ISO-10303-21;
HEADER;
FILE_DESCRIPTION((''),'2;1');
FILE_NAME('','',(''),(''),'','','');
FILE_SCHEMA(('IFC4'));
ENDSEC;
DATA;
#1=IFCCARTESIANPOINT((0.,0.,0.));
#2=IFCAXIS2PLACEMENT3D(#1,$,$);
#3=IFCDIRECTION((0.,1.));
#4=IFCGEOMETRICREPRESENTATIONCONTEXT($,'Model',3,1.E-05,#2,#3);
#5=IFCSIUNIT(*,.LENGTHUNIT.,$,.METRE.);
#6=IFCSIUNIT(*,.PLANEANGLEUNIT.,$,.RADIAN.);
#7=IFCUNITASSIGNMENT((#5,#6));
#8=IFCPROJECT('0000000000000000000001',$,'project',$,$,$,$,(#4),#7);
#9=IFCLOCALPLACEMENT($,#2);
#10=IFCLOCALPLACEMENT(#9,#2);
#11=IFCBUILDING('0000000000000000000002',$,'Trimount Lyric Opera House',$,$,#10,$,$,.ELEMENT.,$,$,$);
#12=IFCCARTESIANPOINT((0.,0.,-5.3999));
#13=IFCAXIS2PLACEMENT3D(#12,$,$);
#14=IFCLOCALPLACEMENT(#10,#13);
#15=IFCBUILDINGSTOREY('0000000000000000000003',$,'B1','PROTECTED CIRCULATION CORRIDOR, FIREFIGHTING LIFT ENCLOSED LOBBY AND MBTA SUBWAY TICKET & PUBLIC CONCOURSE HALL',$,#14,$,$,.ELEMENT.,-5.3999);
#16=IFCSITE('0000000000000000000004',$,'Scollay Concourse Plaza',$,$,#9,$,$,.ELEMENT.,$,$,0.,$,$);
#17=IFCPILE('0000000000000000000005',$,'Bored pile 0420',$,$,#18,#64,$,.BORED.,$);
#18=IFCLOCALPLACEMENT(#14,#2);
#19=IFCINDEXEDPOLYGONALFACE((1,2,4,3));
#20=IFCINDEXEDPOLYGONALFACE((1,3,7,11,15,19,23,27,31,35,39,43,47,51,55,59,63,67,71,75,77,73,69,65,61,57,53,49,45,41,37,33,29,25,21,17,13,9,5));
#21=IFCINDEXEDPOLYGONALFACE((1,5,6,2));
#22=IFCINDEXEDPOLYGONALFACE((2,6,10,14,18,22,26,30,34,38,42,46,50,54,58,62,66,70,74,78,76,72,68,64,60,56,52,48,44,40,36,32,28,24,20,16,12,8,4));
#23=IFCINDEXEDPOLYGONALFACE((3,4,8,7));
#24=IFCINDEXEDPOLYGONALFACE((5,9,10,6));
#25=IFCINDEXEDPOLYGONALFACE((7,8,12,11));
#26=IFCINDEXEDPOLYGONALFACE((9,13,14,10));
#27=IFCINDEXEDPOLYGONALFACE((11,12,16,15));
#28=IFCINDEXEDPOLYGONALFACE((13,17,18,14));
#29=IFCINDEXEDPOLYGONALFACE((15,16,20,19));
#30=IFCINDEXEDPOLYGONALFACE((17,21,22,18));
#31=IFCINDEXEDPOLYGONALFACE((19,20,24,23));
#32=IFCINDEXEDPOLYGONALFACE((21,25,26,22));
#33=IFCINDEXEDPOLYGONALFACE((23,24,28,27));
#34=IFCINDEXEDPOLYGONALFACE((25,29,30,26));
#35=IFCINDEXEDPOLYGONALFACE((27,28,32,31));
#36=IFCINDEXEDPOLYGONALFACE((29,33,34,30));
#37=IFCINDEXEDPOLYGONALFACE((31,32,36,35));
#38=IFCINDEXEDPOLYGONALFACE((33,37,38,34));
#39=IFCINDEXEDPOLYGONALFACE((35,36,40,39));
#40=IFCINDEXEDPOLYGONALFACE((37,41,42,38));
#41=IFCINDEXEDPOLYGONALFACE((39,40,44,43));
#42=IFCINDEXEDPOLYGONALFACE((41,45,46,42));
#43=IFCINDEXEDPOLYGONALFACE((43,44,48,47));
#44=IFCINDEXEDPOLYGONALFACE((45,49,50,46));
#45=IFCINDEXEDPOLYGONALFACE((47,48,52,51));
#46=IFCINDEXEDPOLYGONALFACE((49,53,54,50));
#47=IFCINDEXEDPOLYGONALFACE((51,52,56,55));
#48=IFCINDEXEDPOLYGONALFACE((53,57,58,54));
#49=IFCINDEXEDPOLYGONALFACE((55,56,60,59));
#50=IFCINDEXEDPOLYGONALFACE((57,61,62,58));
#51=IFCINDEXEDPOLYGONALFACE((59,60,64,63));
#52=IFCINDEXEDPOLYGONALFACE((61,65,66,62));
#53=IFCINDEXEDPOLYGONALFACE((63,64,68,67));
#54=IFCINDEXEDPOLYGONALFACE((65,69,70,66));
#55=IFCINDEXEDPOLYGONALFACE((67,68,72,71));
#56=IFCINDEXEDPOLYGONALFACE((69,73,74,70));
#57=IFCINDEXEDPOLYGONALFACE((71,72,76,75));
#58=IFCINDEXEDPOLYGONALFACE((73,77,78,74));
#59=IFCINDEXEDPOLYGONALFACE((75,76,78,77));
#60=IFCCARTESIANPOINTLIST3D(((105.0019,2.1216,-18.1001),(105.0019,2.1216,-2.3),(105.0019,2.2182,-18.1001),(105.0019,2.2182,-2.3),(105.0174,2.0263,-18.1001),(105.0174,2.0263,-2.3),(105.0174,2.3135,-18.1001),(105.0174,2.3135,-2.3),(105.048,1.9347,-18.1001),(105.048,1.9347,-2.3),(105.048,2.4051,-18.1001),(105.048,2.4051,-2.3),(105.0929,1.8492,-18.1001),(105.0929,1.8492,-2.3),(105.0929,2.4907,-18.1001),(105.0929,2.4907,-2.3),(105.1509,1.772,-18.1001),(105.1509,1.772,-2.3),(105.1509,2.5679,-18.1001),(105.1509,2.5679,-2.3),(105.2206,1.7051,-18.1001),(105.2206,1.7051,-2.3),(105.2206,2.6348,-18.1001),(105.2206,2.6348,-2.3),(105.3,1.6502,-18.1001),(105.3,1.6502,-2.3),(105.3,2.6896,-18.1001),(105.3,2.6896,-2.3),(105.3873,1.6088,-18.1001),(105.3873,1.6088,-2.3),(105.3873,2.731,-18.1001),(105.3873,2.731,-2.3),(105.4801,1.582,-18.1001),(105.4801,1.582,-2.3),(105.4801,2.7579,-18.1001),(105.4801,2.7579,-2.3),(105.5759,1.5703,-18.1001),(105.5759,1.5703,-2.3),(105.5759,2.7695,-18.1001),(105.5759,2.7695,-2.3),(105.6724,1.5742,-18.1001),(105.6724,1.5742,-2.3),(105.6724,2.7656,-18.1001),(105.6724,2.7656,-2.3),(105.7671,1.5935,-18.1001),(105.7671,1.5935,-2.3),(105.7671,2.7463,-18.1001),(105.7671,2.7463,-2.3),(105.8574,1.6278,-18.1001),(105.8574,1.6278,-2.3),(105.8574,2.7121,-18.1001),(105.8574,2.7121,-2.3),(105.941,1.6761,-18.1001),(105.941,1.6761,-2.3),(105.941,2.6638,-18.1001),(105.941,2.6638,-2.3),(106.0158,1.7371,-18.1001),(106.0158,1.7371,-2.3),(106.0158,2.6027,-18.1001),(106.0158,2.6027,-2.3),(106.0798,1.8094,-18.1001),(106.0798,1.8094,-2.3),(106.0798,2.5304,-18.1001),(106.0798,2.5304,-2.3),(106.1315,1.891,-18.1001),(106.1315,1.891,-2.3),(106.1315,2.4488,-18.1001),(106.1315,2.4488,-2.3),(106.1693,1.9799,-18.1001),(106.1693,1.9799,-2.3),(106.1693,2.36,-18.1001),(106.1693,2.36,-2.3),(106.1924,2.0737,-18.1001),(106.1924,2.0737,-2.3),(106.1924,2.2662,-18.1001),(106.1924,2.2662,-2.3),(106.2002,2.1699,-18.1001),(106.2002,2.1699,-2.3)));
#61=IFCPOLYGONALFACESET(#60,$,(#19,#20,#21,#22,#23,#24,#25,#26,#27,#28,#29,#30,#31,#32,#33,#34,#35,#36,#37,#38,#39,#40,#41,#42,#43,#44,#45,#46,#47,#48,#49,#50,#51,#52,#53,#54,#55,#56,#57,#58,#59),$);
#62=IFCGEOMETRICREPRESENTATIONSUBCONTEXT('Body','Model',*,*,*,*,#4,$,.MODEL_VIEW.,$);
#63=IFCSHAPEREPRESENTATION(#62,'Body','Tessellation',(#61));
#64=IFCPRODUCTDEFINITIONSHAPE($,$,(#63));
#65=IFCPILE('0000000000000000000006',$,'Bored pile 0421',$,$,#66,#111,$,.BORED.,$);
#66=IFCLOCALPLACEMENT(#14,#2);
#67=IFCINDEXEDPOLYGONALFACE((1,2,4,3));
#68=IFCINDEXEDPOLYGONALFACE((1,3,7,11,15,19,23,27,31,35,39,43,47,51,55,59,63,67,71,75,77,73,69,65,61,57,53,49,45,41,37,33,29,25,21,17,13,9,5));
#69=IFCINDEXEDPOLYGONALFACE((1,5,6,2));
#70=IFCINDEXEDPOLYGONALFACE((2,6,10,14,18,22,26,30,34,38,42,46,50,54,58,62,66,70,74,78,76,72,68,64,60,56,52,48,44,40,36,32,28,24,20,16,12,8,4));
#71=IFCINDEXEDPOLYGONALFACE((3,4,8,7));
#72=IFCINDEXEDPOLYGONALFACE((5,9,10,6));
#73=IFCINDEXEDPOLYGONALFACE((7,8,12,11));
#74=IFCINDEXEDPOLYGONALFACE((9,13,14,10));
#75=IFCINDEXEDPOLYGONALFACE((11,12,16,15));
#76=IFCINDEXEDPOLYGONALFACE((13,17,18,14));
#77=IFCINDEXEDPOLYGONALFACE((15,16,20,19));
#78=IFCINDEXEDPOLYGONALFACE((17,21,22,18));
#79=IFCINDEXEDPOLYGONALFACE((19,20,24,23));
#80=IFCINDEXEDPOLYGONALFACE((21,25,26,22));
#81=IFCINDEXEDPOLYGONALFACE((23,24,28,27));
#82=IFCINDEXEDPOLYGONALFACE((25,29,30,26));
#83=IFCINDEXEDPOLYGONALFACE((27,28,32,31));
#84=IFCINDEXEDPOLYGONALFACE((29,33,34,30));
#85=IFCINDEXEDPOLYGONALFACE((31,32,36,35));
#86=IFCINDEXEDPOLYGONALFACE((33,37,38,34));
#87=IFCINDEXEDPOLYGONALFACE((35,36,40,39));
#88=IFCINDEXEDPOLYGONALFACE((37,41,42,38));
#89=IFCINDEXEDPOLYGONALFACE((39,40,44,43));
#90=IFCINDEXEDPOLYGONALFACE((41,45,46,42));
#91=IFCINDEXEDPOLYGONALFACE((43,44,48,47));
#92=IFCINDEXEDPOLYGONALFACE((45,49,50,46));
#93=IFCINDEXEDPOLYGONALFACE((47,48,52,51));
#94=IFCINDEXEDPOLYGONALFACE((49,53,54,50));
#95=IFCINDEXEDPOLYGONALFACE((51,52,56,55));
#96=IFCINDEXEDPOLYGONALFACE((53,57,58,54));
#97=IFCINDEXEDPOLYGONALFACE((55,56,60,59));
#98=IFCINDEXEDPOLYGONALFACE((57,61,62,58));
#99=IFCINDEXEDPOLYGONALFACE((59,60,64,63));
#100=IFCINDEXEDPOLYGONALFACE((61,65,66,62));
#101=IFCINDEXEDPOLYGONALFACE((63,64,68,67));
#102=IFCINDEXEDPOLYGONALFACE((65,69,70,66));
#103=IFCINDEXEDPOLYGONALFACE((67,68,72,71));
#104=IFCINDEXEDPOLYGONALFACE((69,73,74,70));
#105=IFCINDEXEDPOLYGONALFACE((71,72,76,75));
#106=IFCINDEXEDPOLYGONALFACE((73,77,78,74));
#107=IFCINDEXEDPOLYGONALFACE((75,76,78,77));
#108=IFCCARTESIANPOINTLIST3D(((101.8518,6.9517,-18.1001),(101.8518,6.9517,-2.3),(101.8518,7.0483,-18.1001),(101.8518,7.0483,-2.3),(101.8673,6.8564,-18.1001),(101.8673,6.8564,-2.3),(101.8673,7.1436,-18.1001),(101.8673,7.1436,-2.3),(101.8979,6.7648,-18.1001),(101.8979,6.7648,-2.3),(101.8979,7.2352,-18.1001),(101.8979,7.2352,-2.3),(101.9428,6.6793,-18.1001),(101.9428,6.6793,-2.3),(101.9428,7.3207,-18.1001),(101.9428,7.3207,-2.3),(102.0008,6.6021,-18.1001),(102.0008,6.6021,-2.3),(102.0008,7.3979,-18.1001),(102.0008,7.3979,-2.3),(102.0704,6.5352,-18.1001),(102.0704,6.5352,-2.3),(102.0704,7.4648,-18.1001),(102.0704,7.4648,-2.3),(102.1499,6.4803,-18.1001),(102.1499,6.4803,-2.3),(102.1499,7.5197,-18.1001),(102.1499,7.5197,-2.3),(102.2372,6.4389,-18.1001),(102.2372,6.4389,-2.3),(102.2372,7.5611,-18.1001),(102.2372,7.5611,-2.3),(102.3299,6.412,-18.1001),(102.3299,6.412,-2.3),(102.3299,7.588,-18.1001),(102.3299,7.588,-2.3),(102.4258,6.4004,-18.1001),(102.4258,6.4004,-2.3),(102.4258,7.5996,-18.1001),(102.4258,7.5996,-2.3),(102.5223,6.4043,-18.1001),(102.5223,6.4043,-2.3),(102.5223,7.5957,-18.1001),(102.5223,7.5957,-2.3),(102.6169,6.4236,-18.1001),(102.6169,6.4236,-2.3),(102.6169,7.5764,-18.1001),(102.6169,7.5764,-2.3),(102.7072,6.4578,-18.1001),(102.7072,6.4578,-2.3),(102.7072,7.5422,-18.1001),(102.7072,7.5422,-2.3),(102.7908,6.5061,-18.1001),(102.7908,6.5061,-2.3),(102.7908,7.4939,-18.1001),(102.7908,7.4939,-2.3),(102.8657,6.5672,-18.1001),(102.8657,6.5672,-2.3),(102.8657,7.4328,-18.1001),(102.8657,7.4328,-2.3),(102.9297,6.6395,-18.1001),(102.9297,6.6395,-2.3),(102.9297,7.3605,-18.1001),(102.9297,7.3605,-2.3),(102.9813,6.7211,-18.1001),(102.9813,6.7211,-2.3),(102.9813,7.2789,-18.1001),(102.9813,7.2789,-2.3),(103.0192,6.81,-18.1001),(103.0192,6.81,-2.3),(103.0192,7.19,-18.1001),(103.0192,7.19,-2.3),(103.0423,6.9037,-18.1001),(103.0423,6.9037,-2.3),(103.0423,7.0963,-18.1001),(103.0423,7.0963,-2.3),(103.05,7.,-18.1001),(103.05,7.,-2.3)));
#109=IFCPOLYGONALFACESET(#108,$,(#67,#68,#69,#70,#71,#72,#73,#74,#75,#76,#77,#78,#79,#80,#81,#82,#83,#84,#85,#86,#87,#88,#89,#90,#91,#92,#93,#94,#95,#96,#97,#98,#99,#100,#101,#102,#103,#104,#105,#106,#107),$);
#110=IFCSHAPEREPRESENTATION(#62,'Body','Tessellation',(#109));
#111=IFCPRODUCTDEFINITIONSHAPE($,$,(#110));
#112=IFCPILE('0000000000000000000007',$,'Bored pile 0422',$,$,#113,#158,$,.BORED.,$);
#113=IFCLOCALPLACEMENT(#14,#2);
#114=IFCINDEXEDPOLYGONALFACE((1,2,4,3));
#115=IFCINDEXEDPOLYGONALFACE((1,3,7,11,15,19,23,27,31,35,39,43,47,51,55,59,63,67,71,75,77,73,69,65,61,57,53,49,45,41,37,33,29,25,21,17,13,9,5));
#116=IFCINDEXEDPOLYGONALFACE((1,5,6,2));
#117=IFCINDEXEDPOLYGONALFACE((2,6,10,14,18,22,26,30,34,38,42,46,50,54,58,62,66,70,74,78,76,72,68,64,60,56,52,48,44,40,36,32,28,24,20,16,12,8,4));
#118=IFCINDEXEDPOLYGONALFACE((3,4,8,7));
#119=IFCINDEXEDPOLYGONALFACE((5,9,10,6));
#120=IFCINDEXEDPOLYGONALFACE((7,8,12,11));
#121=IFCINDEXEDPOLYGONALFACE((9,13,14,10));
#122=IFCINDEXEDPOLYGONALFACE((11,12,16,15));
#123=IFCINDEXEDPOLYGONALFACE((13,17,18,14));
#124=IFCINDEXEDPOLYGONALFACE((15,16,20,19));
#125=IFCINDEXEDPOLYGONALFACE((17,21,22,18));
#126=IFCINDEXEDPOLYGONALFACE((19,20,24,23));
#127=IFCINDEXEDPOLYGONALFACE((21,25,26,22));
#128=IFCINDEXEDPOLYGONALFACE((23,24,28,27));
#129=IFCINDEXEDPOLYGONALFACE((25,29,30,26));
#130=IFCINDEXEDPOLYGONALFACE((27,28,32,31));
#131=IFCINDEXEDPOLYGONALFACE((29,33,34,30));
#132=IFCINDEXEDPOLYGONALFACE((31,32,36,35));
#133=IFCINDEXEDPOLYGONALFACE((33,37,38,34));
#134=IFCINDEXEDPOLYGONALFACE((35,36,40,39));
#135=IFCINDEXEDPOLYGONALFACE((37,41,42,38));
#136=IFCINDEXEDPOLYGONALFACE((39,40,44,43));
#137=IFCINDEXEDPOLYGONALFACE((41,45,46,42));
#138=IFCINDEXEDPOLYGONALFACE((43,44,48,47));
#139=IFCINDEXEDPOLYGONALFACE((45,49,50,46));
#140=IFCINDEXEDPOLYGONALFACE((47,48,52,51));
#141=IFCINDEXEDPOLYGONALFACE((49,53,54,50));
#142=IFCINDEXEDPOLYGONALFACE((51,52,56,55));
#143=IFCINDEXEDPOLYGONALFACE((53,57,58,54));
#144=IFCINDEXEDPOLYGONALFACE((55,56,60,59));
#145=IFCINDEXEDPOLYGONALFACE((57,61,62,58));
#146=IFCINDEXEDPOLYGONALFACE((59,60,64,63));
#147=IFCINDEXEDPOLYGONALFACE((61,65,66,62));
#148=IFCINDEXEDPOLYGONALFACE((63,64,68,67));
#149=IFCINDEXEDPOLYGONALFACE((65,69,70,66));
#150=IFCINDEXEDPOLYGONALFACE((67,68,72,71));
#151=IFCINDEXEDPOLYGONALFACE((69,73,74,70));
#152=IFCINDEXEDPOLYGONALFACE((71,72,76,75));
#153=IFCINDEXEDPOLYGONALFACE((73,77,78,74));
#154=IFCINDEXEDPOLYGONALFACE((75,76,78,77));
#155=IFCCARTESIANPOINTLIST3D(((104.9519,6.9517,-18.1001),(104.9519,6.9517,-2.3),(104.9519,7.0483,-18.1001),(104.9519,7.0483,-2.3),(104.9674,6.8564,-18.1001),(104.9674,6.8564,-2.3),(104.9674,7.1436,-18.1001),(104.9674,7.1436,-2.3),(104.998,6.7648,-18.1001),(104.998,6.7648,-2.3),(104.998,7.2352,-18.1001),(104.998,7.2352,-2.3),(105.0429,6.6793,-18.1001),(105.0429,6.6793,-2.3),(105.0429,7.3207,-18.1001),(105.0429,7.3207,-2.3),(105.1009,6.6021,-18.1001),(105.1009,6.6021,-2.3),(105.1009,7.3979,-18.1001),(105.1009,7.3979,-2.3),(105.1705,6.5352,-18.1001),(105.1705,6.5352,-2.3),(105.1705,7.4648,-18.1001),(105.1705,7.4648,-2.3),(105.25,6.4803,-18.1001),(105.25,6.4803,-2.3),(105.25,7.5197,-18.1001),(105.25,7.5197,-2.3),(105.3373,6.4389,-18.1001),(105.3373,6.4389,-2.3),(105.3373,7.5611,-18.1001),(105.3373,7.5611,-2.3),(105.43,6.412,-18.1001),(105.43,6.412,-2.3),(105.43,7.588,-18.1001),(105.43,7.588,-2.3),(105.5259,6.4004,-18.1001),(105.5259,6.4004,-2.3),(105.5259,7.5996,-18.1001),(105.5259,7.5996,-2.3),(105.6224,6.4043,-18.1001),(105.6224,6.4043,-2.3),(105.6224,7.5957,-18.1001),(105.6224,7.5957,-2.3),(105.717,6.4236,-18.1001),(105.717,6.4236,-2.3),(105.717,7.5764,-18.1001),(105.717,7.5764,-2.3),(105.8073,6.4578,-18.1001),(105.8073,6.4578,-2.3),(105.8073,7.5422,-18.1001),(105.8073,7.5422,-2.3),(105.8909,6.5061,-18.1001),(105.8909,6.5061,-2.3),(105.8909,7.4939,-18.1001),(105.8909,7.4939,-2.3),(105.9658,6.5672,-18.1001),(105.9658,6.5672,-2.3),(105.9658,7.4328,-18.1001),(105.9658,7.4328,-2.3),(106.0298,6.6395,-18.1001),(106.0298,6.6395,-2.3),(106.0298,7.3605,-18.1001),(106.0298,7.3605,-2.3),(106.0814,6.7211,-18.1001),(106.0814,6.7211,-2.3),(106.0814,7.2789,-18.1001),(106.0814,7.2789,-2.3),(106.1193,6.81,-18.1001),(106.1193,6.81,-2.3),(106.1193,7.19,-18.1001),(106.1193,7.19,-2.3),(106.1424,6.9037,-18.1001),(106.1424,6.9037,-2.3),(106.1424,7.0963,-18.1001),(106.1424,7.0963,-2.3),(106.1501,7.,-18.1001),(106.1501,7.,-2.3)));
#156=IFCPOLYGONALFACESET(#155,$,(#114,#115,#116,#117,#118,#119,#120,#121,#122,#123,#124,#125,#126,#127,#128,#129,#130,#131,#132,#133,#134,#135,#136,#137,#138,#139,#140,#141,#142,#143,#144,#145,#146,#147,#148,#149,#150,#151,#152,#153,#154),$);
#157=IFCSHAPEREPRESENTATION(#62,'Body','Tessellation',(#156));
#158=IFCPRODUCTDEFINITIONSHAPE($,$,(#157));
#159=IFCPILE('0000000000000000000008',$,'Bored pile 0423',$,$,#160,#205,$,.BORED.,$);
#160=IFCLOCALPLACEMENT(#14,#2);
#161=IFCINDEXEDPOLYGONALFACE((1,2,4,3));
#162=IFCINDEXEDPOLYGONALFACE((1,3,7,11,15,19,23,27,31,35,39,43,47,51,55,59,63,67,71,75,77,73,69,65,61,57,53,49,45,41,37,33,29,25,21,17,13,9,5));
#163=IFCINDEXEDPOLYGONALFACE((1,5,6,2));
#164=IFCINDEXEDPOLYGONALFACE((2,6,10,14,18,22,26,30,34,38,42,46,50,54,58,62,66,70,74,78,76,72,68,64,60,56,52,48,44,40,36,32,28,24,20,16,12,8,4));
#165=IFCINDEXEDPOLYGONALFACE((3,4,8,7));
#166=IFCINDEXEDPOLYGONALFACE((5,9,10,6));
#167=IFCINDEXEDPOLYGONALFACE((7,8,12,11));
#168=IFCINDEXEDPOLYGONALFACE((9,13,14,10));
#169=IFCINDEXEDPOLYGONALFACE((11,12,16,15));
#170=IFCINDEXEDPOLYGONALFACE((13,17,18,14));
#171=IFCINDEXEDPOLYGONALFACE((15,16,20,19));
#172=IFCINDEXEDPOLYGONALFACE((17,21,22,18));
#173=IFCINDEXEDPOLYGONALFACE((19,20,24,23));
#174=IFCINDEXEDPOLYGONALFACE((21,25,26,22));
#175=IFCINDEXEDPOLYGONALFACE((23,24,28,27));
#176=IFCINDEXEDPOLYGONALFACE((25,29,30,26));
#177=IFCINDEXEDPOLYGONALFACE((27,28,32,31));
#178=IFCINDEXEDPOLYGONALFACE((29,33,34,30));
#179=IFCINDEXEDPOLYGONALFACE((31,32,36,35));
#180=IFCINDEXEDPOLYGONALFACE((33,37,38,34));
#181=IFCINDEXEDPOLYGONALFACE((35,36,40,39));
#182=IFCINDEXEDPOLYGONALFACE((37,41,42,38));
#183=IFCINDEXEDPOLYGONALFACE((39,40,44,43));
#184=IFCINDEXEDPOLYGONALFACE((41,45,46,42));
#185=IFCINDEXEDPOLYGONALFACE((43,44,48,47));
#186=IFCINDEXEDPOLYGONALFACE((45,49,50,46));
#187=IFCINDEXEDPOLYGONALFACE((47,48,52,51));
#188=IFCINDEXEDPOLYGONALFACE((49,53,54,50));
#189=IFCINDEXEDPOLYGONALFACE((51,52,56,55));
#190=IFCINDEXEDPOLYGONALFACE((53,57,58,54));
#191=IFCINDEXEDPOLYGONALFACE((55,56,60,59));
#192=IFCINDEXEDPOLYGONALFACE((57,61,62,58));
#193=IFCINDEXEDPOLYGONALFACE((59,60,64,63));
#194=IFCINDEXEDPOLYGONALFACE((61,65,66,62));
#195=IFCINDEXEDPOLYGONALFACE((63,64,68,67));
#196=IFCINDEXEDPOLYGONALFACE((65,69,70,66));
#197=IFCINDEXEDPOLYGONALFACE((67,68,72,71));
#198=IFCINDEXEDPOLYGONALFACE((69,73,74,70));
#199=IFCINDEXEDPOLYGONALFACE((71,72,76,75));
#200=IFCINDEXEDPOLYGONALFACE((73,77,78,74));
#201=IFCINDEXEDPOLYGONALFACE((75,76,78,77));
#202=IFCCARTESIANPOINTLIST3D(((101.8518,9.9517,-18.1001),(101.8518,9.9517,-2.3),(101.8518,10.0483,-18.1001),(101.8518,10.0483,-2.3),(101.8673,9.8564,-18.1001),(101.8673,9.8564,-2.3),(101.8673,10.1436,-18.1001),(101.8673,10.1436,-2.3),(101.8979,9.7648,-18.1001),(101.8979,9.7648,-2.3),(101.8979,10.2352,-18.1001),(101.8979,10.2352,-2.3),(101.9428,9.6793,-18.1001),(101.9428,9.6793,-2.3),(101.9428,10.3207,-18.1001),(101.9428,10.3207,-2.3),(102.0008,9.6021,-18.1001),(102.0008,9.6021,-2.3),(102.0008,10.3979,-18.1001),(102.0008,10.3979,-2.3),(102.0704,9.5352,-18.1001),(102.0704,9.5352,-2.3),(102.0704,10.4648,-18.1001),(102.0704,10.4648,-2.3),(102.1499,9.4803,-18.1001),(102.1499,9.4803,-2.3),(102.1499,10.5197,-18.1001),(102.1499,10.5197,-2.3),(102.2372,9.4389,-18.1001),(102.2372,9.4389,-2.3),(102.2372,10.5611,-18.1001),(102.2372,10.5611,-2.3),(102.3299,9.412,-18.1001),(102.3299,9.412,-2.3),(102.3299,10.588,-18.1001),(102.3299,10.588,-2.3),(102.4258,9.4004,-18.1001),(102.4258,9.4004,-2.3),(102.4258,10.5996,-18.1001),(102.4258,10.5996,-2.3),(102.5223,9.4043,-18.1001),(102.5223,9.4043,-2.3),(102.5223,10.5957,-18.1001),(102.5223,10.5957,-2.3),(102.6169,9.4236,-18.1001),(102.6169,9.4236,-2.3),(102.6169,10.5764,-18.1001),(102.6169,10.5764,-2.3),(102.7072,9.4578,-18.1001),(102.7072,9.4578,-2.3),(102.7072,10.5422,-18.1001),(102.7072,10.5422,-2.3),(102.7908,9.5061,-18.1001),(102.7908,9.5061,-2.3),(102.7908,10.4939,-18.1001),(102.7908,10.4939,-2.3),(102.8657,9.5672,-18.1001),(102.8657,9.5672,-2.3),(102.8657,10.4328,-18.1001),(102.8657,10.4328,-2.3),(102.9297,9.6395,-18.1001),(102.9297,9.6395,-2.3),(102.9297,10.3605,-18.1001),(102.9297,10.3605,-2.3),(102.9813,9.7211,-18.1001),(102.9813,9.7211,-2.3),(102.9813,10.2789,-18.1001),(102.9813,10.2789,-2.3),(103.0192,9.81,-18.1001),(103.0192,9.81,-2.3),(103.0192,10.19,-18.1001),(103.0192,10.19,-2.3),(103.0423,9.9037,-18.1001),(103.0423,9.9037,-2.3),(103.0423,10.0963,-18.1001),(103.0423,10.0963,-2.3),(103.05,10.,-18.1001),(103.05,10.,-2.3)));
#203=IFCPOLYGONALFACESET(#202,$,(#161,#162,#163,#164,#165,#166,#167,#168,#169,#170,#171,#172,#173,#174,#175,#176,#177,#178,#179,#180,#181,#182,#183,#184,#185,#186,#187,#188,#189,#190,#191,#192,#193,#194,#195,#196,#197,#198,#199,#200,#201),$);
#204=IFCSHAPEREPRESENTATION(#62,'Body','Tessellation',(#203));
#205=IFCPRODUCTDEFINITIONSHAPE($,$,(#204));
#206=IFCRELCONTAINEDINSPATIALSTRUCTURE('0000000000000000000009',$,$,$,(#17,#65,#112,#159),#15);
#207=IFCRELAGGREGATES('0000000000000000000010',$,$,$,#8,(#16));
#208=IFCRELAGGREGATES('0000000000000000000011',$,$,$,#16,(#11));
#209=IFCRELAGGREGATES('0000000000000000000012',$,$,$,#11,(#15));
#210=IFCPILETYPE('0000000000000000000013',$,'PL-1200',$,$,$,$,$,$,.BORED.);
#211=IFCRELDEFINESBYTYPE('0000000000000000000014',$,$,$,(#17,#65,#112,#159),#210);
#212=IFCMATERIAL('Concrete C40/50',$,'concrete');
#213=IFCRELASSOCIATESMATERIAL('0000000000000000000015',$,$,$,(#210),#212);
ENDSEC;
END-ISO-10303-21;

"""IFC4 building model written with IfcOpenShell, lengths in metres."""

from ifc_helpers import new_model, si_unit, direction, frame, origin, origin_2d, place, context, subcontext, project, spatial, circle, extrude, material, material_profile, profile_set, type_object, element, save


model = new_model("IFC4")

# Units and contexts
model_context = context("Model", 3, precision=1e-05, world=origin(), true_north=direction((0.0, 1.0)))
body_context = subcontext(model_context, "Body", "Model", "MODEL_VIEW")
ifc_project = project(units=[si_unit("LENGTHUNIT", "METRE"), si_unit("PLANEANGLEUNIT", "RADIAN")], contexts=[model_context])

# Site, building, storey
site_placement = place(None, origin())
site = spatial("IfcSite", under=ifc_project, at=site_placement, Name="Scollay Concourse Plaza", CompositionType="ELEMENT", RefElevation=0.0)
building_placement = place(site_placement, origin())
building = spatial("IfcBuilding", under=site, at=building_placement, Name="Trimount Lyric Opera House", CompositionType="ELEMENT")
storey_placement = place(building_placement, frame((0.0, 0.0, -5.3999)))
storey = spatial("IfcBuildingStorey", under=building, at=storey_placement, Name="B1", Description="PROTECTED CIRCULATION CORRIDOR, FIREFIGHTING LIFT ENCLOSED LOBBY AND MBTA SUBWAY TICKET & PUBLIC CONCOURSE HALL", CompositionType="ELEMENT", Elevation=-5.3999)

# Piles
ifc_material_1 = material(Name="Concrete C40/50", Category="concrete")
ifc_material_profile_1 = material_profile(ifc_material_1, circle(Radius=0.6001, at=origin_2d()), Name="PILE-D1200")
ifc_profile_set_1 = profile_set([ifc_material_profile_1], Name="Concrete C40/50")
pile_type_1 = type_object("IfcPileType", Name="PL-1200", PredefinedType="BORED", material=ifc_profile_set_1)
for number, where, z_axis, x_axis, name in (
    (1, (105.6001, 2.1699, -2.3), (0.0, 0.0, -1.0), (1.0, 0.0, 0.0), "Bored pile 0420"),
    (2, (102.45, 7.0, -2.3), (0.0, 0.0, -1.0), (1.0, 0.0, 0.0), "Bored pile 0421"),
    (3, (105.55, 7.0, -2.3), (0.0, 0.0, -1.0), (1.0, 0.0, 0.0), "Bored pile 0422"),
    (4, (102.45, 10.0, -2.3), (0.0, 0.0, -1.0), (1.0, 0.0, 0.0), "Bored pile 0423"),
):
    element("IfcPile", number, at=place(storey_placement, frame(where, z_axis=z_axis, x_axis=x_axis)), inside=storey, type_object=pile_type_1, Name=name, PredefinedType="BORED", context=body_context, shape_type="SweptSolid", body=[
        extrude(circle(Radius=0.6001, at=origin_2d()), origin(), (0.0, 0.0, 1.0), 15.8),
    ])

save(model, "model.ifc")
